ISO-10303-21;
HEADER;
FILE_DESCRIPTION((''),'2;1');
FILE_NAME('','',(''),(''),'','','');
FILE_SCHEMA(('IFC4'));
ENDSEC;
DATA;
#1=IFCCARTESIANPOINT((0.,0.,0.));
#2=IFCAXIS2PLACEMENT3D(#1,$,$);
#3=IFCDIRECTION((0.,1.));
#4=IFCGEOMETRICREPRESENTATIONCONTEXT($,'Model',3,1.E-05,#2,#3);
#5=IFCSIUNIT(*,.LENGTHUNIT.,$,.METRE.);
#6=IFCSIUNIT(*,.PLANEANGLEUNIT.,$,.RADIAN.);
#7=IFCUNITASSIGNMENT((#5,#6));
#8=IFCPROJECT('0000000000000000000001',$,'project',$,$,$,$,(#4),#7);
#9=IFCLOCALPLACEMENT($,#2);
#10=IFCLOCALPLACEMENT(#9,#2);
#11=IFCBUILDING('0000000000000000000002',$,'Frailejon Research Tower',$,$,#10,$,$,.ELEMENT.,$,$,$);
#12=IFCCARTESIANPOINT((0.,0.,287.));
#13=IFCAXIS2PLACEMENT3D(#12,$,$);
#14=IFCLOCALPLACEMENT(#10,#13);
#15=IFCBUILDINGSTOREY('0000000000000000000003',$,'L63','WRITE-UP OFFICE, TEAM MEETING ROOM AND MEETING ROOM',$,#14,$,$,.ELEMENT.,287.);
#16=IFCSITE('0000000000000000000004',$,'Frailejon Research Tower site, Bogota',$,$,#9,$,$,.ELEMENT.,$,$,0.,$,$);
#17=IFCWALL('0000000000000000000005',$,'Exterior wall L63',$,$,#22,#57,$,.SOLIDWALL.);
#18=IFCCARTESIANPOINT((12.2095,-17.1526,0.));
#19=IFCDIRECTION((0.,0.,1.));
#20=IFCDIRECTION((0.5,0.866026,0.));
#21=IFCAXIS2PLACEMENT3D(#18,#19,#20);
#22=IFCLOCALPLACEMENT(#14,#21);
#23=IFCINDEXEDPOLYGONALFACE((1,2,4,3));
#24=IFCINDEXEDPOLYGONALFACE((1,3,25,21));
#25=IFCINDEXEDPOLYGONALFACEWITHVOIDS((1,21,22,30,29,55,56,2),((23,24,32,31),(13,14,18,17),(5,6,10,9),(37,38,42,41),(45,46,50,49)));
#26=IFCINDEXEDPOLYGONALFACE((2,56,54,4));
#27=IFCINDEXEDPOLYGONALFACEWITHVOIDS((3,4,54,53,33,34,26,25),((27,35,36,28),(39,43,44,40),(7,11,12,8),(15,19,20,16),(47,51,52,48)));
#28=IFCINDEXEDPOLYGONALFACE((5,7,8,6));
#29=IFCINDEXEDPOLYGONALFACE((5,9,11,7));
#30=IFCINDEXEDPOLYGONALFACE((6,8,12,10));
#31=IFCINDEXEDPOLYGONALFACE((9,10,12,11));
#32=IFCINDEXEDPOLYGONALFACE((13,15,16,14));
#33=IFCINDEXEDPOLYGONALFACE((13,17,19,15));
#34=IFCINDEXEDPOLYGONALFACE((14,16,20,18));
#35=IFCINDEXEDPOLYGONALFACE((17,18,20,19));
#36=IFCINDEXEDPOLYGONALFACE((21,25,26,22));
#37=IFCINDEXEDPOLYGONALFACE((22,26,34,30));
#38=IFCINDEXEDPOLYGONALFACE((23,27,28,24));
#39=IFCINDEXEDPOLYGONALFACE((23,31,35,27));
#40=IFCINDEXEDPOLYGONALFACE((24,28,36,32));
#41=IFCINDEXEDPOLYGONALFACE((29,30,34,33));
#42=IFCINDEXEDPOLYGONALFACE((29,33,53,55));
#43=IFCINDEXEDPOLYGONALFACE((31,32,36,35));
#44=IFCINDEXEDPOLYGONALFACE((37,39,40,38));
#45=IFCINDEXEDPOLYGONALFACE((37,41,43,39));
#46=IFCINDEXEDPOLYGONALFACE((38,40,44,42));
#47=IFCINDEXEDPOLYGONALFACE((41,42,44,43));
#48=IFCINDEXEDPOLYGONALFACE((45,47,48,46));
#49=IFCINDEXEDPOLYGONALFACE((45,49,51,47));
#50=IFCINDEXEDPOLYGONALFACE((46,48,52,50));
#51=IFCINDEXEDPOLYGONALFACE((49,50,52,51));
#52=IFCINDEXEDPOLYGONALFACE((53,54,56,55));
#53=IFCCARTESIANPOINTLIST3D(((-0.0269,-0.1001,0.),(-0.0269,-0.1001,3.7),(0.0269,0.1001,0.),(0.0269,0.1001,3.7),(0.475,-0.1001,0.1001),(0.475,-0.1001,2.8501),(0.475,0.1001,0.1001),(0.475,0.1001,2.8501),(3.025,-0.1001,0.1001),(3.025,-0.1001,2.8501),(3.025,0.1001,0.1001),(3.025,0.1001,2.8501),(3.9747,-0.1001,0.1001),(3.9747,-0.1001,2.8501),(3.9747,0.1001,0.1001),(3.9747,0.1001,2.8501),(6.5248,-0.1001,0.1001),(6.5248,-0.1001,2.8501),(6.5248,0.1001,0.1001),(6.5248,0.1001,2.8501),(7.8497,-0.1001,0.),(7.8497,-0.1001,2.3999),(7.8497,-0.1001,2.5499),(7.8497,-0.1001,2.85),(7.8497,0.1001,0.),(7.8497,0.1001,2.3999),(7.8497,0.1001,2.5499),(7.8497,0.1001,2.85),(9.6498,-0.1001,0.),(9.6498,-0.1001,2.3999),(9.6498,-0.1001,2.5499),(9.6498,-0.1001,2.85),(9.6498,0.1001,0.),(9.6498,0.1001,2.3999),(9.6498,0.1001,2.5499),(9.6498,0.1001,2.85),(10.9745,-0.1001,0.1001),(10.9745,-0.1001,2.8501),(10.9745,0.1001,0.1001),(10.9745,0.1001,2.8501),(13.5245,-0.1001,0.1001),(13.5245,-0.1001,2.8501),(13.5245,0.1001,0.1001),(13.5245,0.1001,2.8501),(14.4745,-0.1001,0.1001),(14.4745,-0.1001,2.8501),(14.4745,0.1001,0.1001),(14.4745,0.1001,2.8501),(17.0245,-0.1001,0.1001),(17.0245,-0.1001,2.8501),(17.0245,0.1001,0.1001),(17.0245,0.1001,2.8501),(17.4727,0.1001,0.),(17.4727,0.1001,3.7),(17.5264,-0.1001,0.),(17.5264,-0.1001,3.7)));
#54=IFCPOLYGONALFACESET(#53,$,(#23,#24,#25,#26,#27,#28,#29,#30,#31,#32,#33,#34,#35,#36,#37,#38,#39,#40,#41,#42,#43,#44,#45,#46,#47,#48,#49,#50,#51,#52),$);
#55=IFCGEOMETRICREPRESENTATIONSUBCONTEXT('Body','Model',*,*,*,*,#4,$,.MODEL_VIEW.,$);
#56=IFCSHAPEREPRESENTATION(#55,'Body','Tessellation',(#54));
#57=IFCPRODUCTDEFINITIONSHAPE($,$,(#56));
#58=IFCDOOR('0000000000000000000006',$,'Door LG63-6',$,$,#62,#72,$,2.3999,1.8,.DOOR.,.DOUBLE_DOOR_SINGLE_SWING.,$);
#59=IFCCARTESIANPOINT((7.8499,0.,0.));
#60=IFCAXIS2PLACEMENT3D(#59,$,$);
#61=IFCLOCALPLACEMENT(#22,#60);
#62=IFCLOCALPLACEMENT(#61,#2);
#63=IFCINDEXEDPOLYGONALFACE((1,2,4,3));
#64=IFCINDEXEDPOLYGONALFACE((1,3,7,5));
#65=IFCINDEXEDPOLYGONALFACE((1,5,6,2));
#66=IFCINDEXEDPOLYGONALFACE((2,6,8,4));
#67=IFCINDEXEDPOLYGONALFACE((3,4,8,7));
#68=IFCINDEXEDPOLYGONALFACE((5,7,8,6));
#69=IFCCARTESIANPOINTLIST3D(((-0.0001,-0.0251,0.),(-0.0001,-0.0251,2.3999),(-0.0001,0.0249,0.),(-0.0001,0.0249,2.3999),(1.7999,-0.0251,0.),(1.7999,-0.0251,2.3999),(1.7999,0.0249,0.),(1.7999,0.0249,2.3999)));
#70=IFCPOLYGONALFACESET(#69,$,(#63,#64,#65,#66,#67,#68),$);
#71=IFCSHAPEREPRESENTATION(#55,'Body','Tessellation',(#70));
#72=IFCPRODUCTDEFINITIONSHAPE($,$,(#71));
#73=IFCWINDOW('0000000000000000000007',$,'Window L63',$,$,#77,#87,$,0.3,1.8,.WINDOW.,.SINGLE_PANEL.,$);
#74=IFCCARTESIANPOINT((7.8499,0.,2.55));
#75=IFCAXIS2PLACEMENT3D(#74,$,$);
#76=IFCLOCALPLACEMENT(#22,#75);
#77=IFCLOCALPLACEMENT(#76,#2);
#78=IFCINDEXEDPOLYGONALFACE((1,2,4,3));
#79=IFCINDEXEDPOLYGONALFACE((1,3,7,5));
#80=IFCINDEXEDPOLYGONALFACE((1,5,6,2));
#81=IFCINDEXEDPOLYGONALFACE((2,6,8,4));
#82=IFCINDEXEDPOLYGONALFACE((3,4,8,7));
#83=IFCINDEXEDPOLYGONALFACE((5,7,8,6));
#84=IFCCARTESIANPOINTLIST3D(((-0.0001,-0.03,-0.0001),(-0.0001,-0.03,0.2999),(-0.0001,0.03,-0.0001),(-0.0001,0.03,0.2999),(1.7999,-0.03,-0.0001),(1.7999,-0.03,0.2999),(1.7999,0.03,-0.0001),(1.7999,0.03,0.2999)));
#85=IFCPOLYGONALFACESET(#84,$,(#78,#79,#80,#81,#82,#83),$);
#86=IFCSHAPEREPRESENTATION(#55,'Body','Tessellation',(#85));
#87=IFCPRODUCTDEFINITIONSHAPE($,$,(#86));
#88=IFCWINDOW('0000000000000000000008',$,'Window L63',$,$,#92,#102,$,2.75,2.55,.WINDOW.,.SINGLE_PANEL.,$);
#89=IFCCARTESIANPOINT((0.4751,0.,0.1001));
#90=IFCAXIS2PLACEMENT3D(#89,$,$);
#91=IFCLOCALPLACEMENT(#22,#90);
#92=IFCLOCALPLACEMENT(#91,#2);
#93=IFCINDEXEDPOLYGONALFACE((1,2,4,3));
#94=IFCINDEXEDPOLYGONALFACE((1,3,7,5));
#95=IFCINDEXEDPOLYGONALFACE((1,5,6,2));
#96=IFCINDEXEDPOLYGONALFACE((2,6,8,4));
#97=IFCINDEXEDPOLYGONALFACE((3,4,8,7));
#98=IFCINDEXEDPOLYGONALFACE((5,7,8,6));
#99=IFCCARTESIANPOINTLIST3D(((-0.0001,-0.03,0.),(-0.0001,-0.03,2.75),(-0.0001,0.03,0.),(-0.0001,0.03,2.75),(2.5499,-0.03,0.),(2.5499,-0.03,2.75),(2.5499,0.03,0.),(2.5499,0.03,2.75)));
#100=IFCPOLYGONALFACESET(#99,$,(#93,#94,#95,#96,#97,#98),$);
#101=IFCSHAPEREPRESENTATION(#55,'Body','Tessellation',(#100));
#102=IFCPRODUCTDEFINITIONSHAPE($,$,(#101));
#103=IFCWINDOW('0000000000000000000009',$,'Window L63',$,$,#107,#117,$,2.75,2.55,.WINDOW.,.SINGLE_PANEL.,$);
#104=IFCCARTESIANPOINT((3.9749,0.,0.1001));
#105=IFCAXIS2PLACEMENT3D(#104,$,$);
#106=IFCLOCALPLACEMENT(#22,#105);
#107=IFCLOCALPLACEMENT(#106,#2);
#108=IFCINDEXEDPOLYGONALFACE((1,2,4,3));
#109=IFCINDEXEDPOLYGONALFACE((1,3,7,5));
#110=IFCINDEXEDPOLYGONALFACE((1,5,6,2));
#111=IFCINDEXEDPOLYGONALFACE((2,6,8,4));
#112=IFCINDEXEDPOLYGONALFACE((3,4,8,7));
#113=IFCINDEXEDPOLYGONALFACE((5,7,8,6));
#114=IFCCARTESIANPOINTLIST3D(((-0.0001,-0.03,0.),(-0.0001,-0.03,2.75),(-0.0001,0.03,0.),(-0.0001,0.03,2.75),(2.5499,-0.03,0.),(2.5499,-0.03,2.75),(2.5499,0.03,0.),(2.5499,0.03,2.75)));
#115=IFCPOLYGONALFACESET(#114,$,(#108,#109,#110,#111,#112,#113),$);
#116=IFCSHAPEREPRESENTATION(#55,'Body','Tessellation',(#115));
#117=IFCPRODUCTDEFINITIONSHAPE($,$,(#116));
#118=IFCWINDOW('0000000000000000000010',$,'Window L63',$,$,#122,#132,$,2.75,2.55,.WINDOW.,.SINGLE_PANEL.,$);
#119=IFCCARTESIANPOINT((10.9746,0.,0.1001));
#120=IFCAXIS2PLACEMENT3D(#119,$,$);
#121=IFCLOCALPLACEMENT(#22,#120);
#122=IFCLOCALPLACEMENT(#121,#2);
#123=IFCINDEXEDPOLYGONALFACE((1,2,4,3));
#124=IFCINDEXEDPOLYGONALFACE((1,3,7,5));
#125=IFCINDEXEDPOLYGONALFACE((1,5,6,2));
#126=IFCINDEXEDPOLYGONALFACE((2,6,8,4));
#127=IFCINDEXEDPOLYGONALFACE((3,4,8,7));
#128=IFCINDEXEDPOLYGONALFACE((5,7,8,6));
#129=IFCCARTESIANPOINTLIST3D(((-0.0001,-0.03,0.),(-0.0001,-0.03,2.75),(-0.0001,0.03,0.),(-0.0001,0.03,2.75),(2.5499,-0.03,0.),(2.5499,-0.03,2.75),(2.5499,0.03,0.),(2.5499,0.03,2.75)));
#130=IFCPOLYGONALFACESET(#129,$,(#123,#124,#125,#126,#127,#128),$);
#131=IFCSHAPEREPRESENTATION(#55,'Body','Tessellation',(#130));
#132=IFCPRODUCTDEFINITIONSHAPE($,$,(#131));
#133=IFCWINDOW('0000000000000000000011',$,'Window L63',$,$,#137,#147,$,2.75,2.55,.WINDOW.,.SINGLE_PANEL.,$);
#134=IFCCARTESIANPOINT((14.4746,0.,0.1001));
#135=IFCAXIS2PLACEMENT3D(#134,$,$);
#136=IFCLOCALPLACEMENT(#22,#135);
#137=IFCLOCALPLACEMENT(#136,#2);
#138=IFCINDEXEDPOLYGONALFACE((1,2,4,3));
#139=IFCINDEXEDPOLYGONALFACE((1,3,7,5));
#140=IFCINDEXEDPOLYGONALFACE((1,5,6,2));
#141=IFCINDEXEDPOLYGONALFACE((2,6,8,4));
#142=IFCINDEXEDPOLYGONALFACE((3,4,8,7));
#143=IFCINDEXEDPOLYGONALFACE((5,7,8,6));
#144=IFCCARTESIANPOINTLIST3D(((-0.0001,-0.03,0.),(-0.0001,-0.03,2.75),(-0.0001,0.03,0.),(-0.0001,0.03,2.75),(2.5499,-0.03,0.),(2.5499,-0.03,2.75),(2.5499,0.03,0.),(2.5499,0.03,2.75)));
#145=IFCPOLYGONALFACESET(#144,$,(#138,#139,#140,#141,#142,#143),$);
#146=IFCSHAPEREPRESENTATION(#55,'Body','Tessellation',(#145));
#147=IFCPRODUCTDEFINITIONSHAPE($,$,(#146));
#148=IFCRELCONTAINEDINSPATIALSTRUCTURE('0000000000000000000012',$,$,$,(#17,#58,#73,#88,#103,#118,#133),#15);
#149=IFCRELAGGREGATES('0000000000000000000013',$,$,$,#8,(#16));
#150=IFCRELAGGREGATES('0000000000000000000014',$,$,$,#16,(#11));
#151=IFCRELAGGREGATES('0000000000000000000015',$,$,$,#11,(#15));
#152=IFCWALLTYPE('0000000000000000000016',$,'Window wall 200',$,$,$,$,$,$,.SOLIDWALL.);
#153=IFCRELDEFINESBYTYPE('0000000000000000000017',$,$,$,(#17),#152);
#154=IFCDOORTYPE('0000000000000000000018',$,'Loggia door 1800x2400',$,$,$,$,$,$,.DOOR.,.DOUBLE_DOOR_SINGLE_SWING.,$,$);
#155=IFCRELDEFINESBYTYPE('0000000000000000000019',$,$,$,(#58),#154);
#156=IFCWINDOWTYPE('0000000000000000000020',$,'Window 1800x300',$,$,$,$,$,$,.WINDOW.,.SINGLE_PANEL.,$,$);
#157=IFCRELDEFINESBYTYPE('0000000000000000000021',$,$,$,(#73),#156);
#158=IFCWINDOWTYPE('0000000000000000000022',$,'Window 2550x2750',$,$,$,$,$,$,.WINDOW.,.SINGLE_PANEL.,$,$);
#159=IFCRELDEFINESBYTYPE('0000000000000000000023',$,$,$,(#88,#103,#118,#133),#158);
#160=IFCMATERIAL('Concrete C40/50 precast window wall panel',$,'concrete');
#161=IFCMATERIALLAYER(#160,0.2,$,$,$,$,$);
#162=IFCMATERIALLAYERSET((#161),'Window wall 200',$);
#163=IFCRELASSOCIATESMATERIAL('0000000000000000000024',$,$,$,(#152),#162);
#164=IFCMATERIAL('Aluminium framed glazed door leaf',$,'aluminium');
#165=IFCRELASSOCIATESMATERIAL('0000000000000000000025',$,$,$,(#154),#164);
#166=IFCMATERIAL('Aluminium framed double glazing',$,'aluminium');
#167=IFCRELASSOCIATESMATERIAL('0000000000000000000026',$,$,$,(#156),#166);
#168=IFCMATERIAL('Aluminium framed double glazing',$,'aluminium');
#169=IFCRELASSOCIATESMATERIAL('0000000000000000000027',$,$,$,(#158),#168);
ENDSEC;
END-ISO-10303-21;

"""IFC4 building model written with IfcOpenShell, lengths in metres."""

from ifc_helpers import new_model, si_unit, direction, frame, frame_2d, origin, place, context, subcontext, project, spatial, polyline, rectangle, outline, extrude, material, layer, layer_set, type_object, element, fill, save


model = new_model("IFC4")

# Units and contexts
model_context = context("Model", 3, precision=1e-05, world=origin(), true_north=direction((0.0, 1.0)))
body_context = subcontext(model_context, "Body", "Model", "MODEL_VIEW")
ifc_project = project(units=[si_unit("LENGTHUNIT", "METRE"), si_unit("PLANEANGLEUNIT", "RADIAN")], contexts=[model_context])

# Site, building, storey
site_placement = place(None, origin())
site = spatial("IfcSite", under=ifc_project, at=site_placement, Name="Frailejon Research Tower site, Bogota", CompositionType="ELEMENT", RefElevation=0.0)
building_placement = place(site_placement, origin())
building = spatial("IfcBuilding", under=site, at=building_placement, Name="Frailejon Research Tower", CompositionType="ELEMENT")
storey_placement = place(building_placement, frame((0.0, 0.0, 287.0)))
storey = spatial("IfcBuildingStorey", under=building, at=storey_placement, Name="L63", Description="WRITE-UP OFFICE, TEAM MEETING ROOM AND MEETING ROOM", CompositionType="ELEMENT", Elevation=287.0)

# Wall, openings, door, windows
ifc_material_1 = material(Name="Concrete C40/50 precast window wall panel", Category="concrete")
ifc_layer_1 = layer(ifc_material_1, 0.2)
ifc_layer_set_1 = layer_set([ifc_layer_1], Name="Window wall 200")
wall_type = type_object("IfcWallType", Name="Window wall 200", PredefinedType="SOLIDWALL", material=ifc_layer_set_1)
wall_placement = place(storey_placement, frame((12.2095, -17.1526, 0.0), z_axis=(0.0, 0.0, 1.0), x_axis=(0.5, 0.866026, 0.0)))
wall = element("IfcWall", 1, at=wall_placement, inside=storey, type_object=wall_type, Name="Exterior wall L63", PredefinedType="SOLIDWALL", context=body_context, shape_type="SweptSolid", body=[
    extrude(outline(polyline([(-0.0269, -0.1001), (1.0056, -0.1001), (2.0383, -0.1001), (3.0708, -0.1001), (4.1033, -0.1001), (5.1357, -0.1001), (6.1685, -0.1001), (7.2009, -0.1001), (8.2334, -0.1001), (9.2661, -0.1001), (10.2986, -0.1001), (11.3311, -0.1001), (12.3638, -0.1001), (13.3962, -0.1001), (14.4287, -0.1001), (15.4612, -0.1001), (16.4939, -0.1001), (17.5264, -0.1001), (17.4727, 0.1001), (16.4465, 0.1001), (15.4202, 0.1001), (14.394, 0.1001), (13.3677, 0.1001), (12.3416, 0.1001), (11.3154, 0.1001), (10.2891, 0.1001), (9.2629, 0.1001), (8.2366, 0.1001), (7.2104, 0.1001), (6.1841, 0.1001), (5.158, 0.1001), (4.1318, 0.1001), (3.1055, 0.1001), (2.0793, 0.1001), (1.053, 0.1001), (0.0269, 0.1001), (-0.0269, -0.1001)])), origin(), (0.0, 0.0, 1.0), 3.7),
])
opening_1_placement = place(wall_placement, frame((0.4751, 0.0, 0.1001)))
opening_1 = element("IfcOpeningElement", 2, at=opening_1_placement, cuts=wall, PredefinedType="OPENING", context=body_context, shape_type="SweptSolid", body=[
    extrude(rectangle(XDim=2.55, YDim=2.75, at=frame_2d((1.2749, 1.375))), frame((0.0, 0.1099, 0.0), z_axis=(0.0, -1.0, 0.0), x_axis=(1.0, 0.0, 0.0)), (0.0, 0.0, 1.0), 0.22),
])
opening_2_placement = place(wall_placement, frame((3.9749, 0.0, 0.1001)))
opening_2 = element("IfcOpeningElement", 3, at=opening_2_placement, cuts=wall, PredefinedType="OPENING", context=body_context, shape_type="SweptSolid", body=[
    extrude(rectangle(XDim=2.55, YDim=2.75, at=frame_2d((1.2749, 1.375))), frame((0.0, 0.1099, 0.0), z_axis=(0.0, -1.0, 0.0), x_axis=(1.0, 0.0, 0.0)), (0.0, 0.0, 1.0), 0.22),
])
opening_3_placement = place(wall_placement, frame((7.8499, 0.0, 0.0)))
opening_3 = element("IfcOpeningElement", 4, at=opening_3_placement, cuts=wall, PredefinedType="OPENING", context=body_context, shape_type="SweptSolid", body=[
    extrude(rectangle(XDim=1.8, YDim=2.3999, at=frame_2d((0.8999, 1.2))), frame((0.0, 0.1099, 0.0), z_axis=(0.0, -1.0, 0.0), x_axis=(1.0, 0.0, 0.0)), (0.0, 0.0, 1.0), 0.22),
])
opening_4_placement = place(wall_placement, frame((7.8499, 0.0, 2.55)))
opening_4 = element("IfcOpeningElement", 5, at=opening_4_placement, cuts=wall, PredefinedType="OPENING", context=body_context, shape_type="SweptSolid", body=[
    extrude(rectangle(XDim=1.8, YDim=0.3, at=frame_2d((0.8999, 0.1499))), frame((0.0, 0.1099, 0.0), z_axis=(0.0, -1.0, 0.0), x_axis=(1.0, 0.0, 0.0)), (0.0, 0.0, 1.0), 0.22),
])
opening_5_placement = place(wall_placement, frame((10.9746, 0.0, 0.1001)))
opening_5 = element("IfcOpeningElement", 6, at=opening_5_placement, cuts=wall, PredefinedType="OPENING", context=body_context, shape_type="SweptSolid", body=[
    extrude(rectangle(XDim=2.55, YDim=2.75, at=frame_2d((1.2749, 1.375))), frame((0.0, 0.1099, 0.0), z_axis=(0.0, -1.0, 0.0), x_axis=(1.0, 0.0, 0.0)), (0.0, 0.0, 1.0), 0.22),
])
opening_6_placement = place(wall_placement, frame((14.4746, 0.0, 0.1001)))
opening_6 = element("IfcOpeningElement", 7, at=opening_6_placement, cuts=wall, PredefinedType="OPENING", context=body_context, shape_type="SweptSolid", body=[
    extrude(rectangle(XDim=2.55, YDim=2.75, at=frame_2d((1.2749, 1.375))), frame((0.0, 0.1099, 0.0), z_axis=(0.0, -1.0, 0.0), x_axis=(1.0, 0.0, 0.0)), (0.0, 0.0, 1.0), 0.22),
])
ifc_material_2 = material(Name="Aluminium framed glazed door leaf", Category="aluminium")
door_type = type_object("IfcDoorType", Name="Loggia door 1800x2400", OperationType="DOUBLE_DOOR_SINGLE_SWING", PredefinedType="DOOR", material=ifc_material_2)
door_placement = place(opening_3_placement, origin())
door = element("IfcDoor", 8, at=door_placement, inside=storey, type_object=door_type, Name="Door LG63-6", OperationType="DOUBLE_DOOR_SINGLE_SWING", OverallHeight=2.3999, OverallWidth=1.8, PredefinedType="DOOR", context=body_context, shape_type="SweptSolid", body=[
    extrude(rectangle(XDim=1.8, YDim=2.3999, at=frame_2d((0.8999, 1.2))), frame((0.0, 0.0249, 0.0), z_axis=(0.0, -1.0, 0.0), x_axis=(1.0, 0.0, 0.0)), (0.0, 0.0, 1.0), 0.05),
])
fill(opening_3, door)
ifc_material_3 = material(Name="Aluminium framed double glazing", Category="aluminium")
window_type_1 = type_object("IfcWindowType", Name="Window 1800x300", PartitioningType="SINGLE_PANEL", PredefinedType="WINDOW", material=ifc_material_3)
window_1_placement = place(opening_4_placement, origin())
window_1 = element("IfcWindow", 9, at=window_1_placement, inside=storey, type_object=window_type_1, Name="Window L63", OverallHeight=0.3, OverallWidth=1.8, PartitioningType="SINGLE_PANEL", PredefinedType="WINDOW", context=body_context, shape_type="SweptSolid", body=[
    extrude(rectangle(XDim=1.8, YDim=0.3, at=frame_2d((0.8999, 0.1499))), frame((0.0, 0.03, 0.0), z_axis=(0.0, -1.0, 0.0), x_axis=(1.0, 0.0, 0.0)), (0.0, 0.0, 1.0), 0.0601),
])
fill(opening_4, window_1)
ifc_material_4 = material(Name="Aluminium framed double glazing", Category="aluminium")
window_type_2 = type_object("IfcWindowType", Name="Window 2550x2750", PartitioningType="SINGLE_PANEL", PredefinedType="WINDOW", material=ifc_material_4)
window_2_placement = place(opening_1_placement, origin())
window_2 = element("IfcWindow", 10, at=window_2_placement, inside=storey, type_object=window_type_2, Name="Window L63", OverallHeight=2.75, OverallWidth=2.55, PartitioningType="SINGLE_PANEL", PredefinedType="WINDOW", context=body_context, shape_type="SweptSolid", body=[
    extrude(rectangle(XDim=2.55, YDim=2.75, at=frame_2d((1.2749, 1.375))), frame((0.0, 0.03, 0.0), z_axis=(0.0, -1.0, 0.0), x_axis=(1.0, 0.0, 0.0)), (0.0, 0.0, 1.0), 0.0601),
])
fill(opening_1, window_2)
window_3_placement = place(opening_2_placement, origin())
window_3 = element("IfcWindow", 11, at=window_3_placement, inside=storey, type_object=window_type_2, Name="Window L63", OverallHeight=2.75, OverallWidth=2.55, PartitioningType="SINGLE_PANEL", PredefinedType="WINDOW", context=body_context, shape_type="SweptSolid", body=[
    extrude(rectangle(XDim=2.55, YDim=2.75, at=frame_2d((1.2749, 1.375))), frame((0.0, 0.03, 0.0), z_axis=(0.0, -1.0, 0.0), x_axis=(1.0, 0.0, 0.0)), (0.0, 0.0, 1.0), 0.0601),
])
fill(opening_2, window_3)
window_4_placement = place(opening_5_placement, origin())
window_4 = element("IfcWindow", 12, at=window_4_placement, inside=storey, type_object=window_type_2, Name="Window L63", OverallHeight=2.75, OverallWidth=2.55, PartitioningType="SINGLE_PANEL", PredefinedType="WINDOW", context=body_context, shape_type="SweptSolid", body=[
    extrude(rectangle(XDim=2.55, YDim=2.75, at=frame_2d((1.2749, 1.375))), frame((0.0, 0.03, 0.0), z_axis=(0.0, -1.0, 0.0), x_axis=(1.0, 0.0, 0.0)), (0.0, 0.0, 1.0), 0.0601),
])
fill(opening_5, window_4)
window_5_placement = place(opening_6_placement, origin())
window_5 = element("IfcWindow", 13, at=window_5_placement, inside=storey, type_object=window_type_2, Name="Window L63", OverallHeight=2.75, OverallWidth=2.55, PartitioningType="SINGLE_PANEL", PredefinedType="WINDOW", context=body_context, shape_type="SweptSolid", body=[
    extrude(rectangle(XDim=2.55, YDim=2.75, at=frame_2d((1.2749, 1.375))), frame((0.0, 0.03, 0.0), z_axis=(0.0, -1.0, 0.0), x_axis=(1.0, 0.0, 0.0)), (0.0, 0.0, 1.0), 0.0601),
])
fill(opening_6, window_5)

save(model, "model.ifc")
